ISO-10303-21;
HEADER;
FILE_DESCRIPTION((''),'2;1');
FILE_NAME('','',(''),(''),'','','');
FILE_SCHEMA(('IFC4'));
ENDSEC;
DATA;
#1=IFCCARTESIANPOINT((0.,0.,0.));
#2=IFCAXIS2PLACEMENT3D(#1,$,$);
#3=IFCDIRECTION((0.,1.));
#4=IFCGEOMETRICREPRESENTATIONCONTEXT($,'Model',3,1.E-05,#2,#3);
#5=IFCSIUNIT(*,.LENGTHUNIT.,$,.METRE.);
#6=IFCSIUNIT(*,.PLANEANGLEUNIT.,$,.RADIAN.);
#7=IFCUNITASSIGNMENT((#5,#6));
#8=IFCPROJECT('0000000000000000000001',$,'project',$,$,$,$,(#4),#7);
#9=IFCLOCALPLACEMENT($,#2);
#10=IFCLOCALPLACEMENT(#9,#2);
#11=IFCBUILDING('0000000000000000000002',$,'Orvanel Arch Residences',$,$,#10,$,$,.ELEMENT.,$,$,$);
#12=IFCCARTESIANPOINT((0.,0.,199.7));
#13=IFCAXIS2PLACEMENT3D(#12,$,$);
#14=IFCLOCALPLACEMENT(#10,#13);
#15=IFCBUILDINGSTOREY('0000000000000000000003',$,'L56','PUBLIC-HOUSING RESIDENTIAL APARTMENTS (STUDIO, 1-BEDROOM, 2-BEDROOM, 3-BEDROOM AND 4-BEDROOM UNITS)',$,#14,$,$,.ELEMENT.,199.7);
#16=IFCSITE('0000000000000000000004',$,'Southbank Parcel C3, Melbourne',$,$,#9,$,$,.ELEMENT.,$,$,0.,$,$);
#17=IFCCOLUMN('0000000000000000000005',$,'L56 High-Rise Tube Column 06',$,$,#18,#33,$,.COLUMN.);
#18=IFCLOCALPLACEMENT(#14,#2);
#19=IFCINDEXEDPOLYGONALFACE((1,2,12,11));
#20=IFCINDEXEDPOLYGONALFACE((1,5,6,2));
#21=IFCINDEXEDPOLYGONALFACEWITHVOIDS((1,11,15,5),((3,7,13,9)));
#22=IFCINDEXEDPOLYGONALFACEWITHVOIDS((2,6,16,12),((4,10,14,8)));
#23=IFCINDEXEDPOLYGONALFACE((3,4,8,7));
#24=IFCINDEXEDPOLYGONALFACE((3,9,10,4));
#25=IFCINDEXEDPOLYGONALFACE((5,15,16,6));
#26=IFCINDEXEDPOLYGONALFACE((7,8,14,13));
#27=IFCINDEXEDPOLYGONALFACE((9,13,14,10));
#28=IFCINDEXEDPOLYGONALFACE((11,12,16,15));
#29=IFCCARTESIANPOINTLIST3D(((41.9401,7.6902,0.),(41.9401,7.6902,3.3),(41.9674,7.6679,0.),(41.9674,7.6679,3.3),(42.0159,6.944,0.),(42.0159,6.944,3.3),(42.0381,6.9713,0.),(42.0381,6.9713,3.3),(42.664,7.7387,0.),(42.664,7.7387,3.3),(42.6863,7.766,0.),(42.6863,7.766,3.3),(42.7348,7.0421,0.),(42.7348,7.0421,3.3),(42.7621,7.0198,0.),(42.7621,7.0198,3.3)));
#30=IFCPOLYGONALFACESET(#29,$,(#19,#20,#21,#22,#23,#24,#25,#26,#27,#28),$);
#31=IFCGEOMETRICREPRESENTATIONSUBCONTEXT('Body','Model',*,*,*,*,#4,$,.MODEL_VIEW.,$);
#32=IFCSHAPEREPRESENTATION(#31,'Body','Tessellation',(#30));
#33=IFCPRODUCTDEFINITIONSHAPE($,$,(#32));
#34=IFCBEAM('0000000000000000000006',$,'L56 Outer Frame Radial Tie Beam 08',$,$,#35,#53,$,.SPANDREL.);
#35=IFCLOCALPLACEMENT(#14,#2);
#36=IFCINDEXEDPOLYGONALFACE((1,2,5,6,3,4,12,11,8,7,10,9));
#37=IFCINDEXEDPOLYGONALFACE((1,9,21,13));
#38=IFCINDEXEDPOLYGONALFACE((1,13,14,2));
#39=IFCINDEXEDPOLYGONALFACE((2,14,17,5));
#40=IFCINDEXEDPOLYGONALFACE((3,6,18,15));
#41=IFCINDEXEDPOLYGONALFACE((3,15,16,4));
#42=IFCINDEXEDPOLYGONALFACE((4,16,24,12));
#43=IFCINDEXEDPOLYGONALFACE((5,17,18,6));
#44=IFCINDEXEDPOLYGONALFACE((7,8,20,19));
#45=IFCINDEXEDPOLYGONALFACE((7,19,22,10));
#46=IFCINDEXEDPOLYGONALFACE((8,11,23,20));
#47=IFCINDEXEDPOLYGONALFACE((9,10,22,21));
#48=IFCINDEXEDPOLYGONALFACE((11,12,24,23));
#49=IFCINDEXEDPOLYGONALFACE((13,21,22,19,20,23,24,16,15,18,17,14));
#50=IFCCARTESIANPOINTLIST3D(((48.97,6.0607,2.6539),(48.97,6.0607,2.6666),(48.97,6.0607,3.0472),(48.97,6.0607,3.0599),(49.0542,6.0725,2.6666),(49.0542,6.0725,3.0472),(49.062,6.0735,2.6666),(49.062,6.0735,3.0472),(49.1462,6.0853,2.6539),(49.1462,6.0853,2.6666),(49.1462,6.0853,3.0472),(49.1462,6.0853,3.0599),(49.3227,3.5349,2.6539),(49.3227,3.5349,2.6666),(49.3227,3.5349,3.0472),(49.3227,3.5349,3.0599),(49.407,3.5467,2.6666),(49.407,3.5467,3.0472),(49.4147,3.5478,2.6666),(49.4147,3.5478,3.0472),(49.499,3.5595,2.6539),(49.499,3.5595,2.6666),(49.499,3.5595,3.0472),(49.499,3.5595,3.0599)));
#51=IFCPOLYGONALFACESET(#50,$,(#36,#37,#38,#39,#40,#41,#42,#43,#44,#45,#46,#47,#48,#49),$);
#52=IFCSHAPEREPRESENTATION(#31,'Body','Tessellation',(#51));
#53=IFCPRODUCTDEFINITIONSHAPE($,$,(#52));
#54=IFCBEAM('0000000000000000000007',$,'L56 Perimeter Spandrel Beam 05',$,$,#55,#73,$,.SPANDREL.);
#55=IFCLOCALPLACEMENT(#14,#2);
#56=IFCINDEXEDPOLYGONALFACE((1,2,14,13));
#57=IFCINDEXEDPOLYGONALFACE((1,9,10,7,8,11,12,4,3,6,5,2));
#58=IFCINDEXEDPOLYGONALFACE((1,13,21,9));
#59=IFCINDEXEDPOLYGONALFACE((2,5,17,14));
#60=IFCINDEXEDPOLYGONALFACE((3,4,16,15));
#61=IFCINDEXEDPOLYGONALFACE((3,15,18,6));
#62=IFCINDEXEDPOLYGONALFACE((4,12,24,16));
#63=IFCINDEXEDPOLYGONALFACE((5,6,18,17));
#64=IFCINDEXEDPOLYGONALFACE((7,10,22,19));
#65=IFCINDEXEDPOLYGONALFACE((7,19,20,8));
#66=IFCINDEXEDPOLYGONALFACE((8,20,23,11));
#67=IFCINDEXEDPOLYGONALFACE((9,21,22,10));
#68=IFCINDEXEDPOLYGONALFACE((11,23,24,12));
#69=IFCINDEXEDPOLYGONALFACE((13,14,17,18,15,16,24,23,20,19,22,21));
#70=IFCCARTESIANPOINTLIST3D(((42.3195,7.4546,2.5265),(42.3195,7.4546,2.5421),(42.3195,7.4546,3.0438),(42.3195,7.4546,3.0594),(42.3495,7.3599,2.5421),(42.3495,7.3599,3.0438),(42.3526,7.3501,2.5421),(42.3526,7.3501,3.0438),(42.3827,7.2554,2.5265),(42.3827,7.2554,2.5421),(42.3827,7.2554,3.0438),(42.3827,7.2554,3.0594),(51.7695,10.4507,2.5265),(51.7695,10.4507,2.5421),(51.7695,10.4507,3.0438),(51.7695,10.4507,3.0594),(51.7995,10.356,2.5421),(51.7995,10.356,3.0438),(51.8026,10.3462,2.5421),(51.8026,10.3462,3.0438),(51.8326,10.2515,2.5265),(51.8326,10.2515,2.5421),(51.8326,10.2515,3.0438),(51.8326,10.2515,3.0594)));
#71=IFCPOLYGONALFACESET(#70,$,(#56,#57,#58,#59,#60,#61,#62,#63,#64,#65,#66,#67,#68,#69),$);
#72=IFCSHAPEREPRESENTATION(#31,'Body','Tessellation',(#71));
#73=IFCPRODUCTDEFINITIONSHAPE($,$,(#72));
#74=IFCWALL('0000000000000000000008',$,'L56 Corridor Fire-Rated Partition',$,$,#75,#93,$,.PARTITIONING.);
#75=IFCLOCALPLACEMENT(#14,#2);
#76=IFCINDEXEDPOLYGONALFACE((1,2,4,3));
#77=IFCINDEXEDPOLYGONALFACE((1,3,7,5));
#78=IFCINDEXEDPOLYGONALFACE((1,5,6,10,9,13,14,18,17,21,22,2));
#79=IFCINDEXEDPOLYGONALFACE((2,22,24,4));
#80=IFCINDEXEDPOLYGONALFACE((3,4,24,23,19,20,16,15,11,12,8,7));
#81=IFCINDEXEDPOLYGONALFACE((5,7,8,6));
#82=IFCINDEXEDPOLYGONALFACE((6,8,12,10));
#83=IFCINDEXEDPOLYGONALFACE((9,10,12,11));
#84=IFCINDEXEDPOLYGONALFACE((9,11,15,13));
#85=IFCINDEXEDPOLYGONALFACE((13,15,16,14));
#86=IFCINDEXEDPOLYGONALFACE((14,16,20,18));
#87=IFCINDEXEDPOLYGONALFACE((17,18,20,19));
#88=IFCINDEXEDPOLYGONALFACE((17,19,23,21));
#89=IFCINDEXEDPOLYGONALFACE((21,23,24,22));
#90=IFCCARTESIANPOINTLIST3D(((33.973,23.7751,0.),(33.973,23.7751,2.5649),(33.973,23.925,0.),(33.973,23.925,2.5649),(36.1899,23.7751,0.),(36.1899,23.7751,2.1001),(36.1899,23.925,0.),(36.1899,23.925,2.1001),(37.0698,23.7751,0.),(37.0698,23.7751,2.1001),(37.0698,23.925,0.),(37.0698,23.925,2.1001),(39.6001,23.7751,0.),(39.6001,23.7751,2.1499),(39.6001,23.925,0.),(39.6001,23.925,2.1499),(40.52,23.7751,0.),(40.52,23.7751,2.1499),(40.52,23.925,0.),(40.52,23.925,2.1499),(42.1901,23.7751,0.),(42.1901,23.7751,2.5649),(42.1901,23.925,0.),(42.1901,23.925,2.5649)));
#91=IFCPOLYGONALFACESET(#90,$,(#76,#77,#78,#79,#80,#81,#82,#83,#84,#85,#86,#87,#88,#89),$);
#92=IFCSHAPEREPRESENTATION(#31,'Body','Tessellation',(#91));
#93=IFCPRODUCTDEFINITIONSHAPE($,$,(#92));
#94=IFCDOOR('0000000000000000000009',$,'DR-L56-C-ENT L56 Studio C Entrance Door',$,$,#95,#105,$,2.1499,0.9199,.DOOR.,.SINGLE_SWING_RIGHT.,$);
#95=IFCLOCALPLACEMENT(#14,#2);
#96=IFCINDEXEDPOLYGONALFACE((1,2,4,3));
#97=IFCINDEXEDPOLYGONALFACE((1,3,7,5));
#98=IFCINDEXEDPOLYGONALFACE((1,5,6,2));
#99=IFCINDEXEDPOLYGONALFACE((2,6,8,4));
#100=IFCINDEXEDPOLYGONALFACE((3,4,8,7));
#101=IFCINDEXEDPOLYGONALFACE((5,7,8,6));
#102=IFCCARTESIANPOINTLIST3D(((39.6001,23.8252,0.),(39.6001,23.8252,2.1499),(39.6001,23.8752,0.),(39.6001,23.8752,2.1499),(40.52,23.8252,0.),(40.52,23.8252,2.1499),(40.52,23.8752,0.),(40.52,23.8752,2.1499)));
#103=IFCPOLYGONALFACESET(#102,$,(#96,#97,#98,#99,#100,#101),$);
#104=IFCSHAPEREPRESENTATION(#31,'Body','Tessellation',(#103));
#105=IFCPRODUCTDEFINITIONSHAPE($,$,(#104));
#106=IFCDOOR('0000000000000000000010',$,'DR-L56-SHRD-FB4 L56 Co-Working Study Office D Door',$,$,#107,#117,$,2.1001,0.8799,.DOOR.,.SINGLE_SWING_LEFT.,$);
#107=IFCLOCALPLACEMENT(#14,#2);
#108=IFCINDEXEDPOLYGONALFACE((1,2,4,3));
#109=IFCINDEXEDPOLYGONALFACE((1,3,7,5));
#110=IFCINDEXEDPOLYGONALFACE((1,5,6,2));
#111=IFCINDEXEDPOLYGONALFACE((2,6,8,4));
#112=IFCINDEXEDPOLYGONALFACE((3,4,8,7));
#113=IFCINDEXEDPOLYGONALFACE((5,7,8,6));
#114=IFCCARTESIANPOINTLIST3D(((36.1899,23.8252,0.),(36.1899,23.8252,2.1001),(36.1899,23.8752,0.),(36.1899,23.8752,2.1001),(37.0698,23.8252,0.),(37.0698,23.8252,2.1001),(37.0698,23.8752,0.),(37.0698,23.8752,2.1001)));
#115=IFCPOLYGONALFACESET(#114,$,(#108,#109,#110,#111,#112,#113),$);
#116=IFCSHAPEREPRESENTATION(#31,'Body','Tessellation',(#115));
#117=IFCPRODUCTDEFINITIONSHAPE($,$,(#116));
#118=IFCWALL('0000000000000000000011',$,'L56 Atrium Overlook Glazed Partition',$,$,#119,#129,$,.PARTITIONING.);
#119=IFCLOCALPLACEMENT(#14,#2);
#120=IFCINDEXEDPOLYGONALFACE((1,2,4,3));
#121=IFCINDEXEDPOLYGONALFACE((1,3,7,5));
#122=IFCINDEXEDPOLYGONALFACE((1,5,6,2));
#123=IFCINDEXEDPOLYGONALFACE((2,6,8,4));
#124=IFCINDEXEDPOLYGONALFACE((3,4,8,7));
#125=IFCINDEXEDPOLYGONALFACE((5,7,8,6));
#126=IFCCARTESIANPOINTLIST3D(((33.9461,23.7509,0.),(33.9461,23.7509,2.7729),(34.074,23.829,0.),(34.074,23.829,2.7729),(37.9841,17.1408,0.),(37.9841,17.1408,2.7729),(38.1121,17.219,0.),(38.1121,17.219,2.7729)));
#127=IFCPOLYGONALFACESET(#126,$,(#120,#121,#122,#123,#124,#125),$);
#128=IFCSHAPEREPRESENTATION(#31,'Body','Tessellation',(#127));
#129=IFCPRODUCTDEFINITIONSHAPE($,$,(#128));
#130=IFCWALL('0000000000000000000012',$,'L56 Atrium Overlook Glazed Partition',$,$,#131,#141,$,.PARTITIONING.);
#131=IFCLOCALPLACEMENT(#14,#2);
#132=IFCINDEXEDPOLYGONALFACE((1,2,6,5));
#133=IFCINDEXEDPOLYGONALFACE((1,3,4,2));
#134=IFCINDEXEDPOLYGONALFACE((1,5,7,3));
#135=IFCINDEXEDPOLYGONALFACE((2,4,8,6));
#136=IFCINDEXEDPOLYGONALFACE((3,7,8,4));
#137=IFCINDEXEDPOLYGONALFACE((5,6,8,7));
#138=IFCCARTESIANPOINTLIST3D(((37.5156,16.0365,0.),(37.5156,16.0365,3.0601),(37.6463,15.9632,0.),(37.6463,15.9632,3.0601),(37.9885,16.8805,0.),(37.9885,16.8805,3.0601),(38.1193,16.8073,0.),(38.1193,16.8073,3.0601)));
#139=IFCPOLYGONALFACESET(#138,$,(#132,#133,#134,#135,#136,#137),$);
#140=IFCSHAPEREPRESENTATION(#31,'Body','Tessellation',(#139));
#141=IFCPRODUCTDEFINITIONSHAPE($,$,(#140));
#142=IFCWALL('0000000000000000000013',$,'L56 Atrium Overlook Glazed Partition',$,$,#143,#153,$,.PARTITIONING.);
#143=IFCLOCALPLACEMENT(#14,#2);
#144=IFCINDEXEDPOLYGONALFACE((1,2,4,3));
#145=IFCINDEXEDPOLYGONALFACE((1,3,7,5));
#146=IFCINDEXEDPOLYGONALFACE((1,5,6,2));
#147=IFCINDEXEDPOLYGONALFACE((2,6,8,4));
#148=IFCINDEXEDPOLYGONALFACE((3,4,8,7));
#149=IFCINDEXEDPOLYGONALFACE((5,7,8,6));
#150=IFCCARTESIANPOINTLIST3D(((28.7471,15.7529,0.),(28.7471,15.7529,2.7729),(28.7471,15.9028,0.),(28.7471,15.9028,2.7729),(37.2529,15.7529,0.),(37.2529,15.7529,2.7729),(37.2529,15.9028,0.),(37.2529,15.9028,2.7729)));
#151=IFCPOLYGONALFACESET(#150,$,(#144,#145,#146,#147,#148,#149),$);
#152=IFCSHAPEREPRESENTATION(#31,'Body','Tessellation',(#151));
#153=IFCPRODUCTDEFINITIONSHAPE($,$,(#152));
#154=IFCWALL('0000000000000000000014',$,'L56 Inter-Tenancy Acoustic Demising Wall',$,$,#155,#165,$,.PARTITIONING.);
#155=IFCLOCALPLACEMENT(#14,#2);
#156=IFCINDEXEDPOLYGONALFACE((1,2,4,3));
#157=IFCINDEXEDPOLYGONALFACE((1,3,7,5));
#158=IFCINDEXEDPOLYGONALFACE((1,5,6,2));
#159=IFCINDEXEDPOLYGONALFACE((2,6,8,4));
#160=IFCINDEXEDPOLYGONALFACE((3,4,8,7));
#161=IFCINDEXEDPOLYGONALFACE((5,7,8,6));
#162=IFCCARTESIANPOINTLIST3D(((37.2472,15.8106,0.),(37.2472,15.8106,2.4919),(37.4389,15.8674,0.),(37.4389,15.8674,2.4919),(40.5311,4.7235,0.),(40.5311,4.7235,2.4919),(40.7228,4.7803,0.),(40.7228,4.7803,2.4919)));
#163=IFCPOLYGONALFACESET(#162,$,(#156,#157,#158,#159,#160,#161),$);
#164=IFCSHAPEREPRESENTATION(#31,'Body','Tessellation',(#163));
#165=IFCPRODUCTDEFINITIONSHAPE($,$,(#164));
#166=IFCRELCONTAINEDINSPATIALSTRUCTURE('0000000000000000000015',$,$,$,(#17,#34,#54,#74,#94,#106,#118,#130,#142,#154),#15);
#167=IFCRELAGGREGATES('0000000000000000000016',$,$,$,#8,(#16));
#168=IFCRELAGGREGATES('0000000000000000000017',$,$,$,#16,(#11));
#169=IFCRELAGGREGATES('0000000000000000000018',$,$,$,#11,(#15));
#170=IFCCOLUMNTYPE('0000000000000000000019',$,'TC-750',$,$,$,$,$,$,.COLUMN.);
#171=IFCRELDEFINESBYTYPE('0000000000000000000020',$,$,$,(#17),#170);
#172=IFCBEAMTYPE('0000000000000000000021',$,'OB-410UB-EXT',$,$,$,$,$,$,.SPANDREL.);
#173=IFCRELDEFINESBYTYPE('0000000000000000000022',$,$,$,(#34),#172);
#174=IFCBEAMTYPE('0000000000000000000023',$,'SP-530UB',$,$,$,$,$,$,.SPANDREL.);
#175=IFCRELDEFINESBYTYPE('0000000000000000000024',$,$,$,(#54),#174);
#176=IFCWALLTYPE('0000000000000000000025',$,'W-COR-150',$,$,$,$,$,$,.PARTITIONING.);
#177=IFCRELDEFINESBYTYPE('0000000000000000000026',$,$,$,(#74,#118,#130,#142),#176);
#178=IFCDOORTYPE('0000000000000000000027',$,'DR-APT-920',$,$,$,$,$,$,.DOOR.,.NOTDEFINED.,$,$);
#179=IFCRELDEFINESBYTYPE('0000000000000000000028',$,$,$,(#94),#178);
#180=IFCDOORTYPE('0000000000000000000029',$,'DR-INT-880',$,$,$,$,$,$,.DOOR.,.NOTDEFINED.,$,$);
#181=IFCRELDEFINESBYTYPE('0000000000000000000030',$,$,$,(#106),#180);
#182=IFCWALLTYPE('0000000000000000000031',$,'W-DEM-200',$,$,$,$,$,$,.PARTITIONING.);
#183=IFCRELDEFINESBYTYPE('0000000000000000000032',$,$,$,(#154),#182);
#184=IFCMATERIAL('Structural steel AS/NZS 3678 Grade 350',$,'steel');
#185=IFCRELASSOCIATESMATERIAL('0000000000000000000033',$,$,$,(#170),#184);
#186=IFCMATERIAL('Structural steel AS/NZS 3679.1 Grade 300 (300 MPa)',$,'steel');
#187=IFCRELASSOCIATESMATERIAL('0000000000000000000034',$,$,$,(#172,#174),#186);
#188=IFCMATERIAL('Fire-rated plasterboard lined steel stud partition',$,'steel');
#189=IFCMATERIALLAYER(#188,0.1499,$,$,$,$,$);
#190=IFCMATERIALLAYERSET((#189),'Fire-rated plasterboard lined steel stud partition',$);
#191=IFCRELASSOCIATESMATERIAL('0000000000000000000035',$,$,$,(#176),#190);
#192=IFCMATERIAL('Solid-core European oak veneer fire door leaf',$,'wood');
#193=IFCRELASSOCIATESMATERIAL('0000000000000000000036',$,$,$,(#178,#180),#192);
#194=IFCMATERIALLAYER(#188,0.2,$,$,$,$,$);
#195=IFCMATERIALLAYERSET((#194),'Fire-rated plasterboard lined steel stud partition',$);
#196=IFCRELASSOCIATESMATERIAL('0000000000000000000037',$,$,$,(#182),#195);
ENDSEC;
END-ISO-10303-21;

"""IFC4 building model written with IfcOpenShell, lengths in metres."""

from ifc_helpers import new_model, si_unit, direction, frame, frame_2d, origin, origin_2d, place, context, subcontext, project, spatial, rectangle, hollow_rectangle, i_section, extrude, material, layer, layer_set, material_profile, profile_set, type_object, element, fill, save


model = new_model("IFC4")

# Units and contexts
model_context = context("Model", 3, precision=1e-05, world=origin(), true_north=direction((0.0, 1.0)))
body_context = subcontext(model_context, "Body", "Model", "MODEL_VIEW")
ifc_project = project(units=[si_unit("LENGTHUNIT", "METRE"), si_unit("PLANEANGLEUNIT", "RADIAN")], contexts=[model_context])

# Site, building, storey
site_placement = place(None, origin())
site = spatial("IfcSite", under=ifc_project, at=site_placement, Name="Southbank Parcel C3, Melbourne", CompositionType="ELEMENT", RefElevation=0.0)
building_placement = place(site_placement, origin())
building = spatial("IfcBuilding", under=site, at=building_placement, Name="Orvanel Arch Residences", CompositionType="ELEMENT")
storey_placement = place(building_placement, frame((0.0, 0.0, 199.7)))
storey = spatial("IfcBuildingStorey", under=building, at=storey_placement, Name="L56", Description="PUBLIC-HOUSING RESIDENTIAL APARTMENTS (STUDIO, 1-BEDROOM, 2-BEDROOM, 3-BEDROOM AND 4-BEDROOM UNITS)", CompositionType="ELEMENT", Elevation=199.7)

# Column
ifc_material_1 = material(Name="Structural steel AS/NZS 3678 Grade 350", Category="steel")
ifc_material_profile_1 = material_profile(ifc_material_1, hollow_rectangle(XDim=0.75, YDim=0.75, WallThickness=0.0249, at=origin_2d()), Name="BOX750x750x25")
ifc_profile_set_1 = profile_set([ifc_material_profile_1], Name="Structural steel AS/NZS 3678 Grade 350")
column_type = type_object("IfcColumnType", Name="TC-750", PredefinedType="COLUMN", material=ifc_profile_set_1)
column_placement = place(storey_placement, frame((42.3511, 7.355, 0.0), z_axis=(0.0, 0.0, 1.0), x_axis=(0.994881, 0.101056, 0.0)))
element("IfcColumn", 1, at=column_placement, inside=storey, type_object=column_type, Name="L56 High-Rise Tube Column 06", PredefinedType="COLUMN", context=body_context, shape_type="SweptSolid", body=[
    extrude(hollow_rectangle(XDim=0.75, YDim=0.75, WallThickness=0.0249, at=origin_2d()), origin(), (0.0, 0.0, 1.0), 3.3),
])

# Beams
ifc_material_2 = material(Name="Structural steel AS/NZS 3679.1 Grade 300 (300 MPa)", Category="steel")
ifc_material_profile_2 = material_profile(ifc_material_2, i_section(OverallWidth=0.178, OverallDepth=0.406, WebThickness=0.0078, FlangeThickness=0.0127, at=origin_2d()), Name="410UB59.7")
ifc_profile_set_2 = profile_set([ifc_material_profile_2], Name="Structural steel AS/NZS 3679.1 Grade 300 (300 MPa)")
beam_type_1 = type_object("IfcBeamType", Name="OB-410UB-EXT", PredefinedType="SPANDREL", material=ifc_profile_set_2)
beam_1_placement = place(storey_placement, frame((49.0581, 6.073, 2.8569), z_axis=(0.138325, -0.990387, 0.0), x_axis=(0.990387, 0.138325, 0.0)))
element("IfcBeam", 2, at=beam_1_placement, inside=storey, type_object=beam_type_1, Name="L56 Outer Frame Radial Tie Beam 08", PredefinedType="SPANDREL", context=body_context, shape_type="SweptSolid", body=[
    extrude(i_section(OverallWidth=0.178, OverallDepth=0.406, WebThickness=0.0078, FlangeThickness=0.0127, at=origin_2d()), origin(), (0.0, 0.0, 1.0), 2.5503),
])
ifc_material_profile_3 = material_profile(ifc_material_2, i_section(OverallWidth=0.209, OverallDepth=0.533, WebThickness=0.0103, FlangeThickness=0.0156, at=origin_2d()), Name="530UB92.4")
ifc_profile_set_3 = profile_set([ifc_material_profile_3], Name="Structural steel AS/NZS 3679.1 Grade 300 (300 MPa)")
beam_type_2 = type_object("IfcBeamType", Name="SP-530UB", PredefinedType="SPANDREL", material=ifc_profile_set_3)
beam_2_placement = place(storey_placement, frame((42.3511, 7.355, 2.793), z_axis=(0.953237, 0.302223, 0.0), x_axis=(-0.302223, 0.953237, 0.0)))
element("IfcBeam", 3, at=beam_2_placement, inside=storey, type_object=beam_type_2, Name="L56 Perimeter Spandrel Beam 05", PredefinedType="SPANDREL", context=body_context, shape_type="SweptSolid", body=[
    extrude(i_section(OverallWidth=0.209, OverallDepth=0.533, WebThickness=0.0103, FlangeThickness=0.0156, at=origin_2d()), origin(), (0.0, 0.0, 1.0), 9.9136),
])

# Wall, openings, doors
ifc_material_3 = material(Name="Fire-rated plasterboard lined steel stud partition", Category="steel")
ifc_layer_1 = layer(ifc_material_3, 0.1499)
ifc_layer_set_1 = layer_set([ifc_layer_1], Name="Fire-rated plasterboard lined steel stud partition")
wall_type_1 = type_object("IfcWallType", Name="W-COR-150", PredefinedType="PARTITIONING", material=ifc_layer_set_1)
wall_1_placement = place(storey_placement, frame((42.1899, 23.8501, 0.0), z_axis=(0.0, 0.0, 1.0), x_axis=(-1.0, 0.0, 0.0)))
wall_1 = element("IfcWall", 4, at=wall_1_placement, inside=storey, type_object=wall_type_1, Name="L56 Corridor Fire-Rated Partition", PredefinedType="PARTITIONING", context=body_context, shape_type="SweptSolid", body=[
    extrude(rectangle(XDim=8.217, YDim=0.1499, at=frame_2d((4.1084, 0.0))), origin(), (0.0, 0.0, 1.0), 2.5649),
])
opening_1_placement = place(wall_1_placement, frame((1.6699, 0.0, 0.0)))
opening_1 = element("IfcOpeningElement", 5, at=opening_1_placement, cuts=wall_1, PredefinedType="OPENING", context=body_context, shape_type="SweptSolid", body=[
    extrude(rectangle(XDim=0.9199, YDim=2.1499, at=frame_2d((0.46, 1.075))), frame((0.0, 0.085, 0.0), z_axis=(0.0, -1.0, 0.0), x_axis=(1.0, 0.0, 0.0)), (0.0, 0.0, 1.0), 0.1699),
])
opening_2_placement = place(wall_1_placement, frame((5.1201, 0.0, 0.0)))
opening_2 = element("IfcOpeningElement", 6, at=opening_2_placement, cuts=wall_1, PredefinedType="OPENING", context=body_context, shape_type="SweptSolid", body=[
    extrude(rectangle(XDim=0.8799, YDim=2.1001, at=frame_2d((0.4399, 1.05))), frame((0.0, 0.085, 0.0), z_axis=(0.0, -1.0, 0.0), x_axis=(1.0, 0.0, 0.0)), (0.0, 0.0, 1.0), 0.1699),
])
ifc_material_4 = material(Name="Solid-core European oak veneer fire door leaf", Category="wood")
door_type_1 = type_object("IfcDoorType", Name="DR-APT-920", OperationType="NOTDEFINED", PredefinedType="DOOR", material=ifc_material_4)
door_1_placement = place(opening_1_placement, origin())
door_1 = element("IfcDoor", 7, at=door_1_placement, inside=storey, type_object=door_type_1, Name="DR-L56-C-ENT L56 Studio C Entrance Door", OperationType="SINGLE_SWING_RIGHT", OverallHeight=2.1499, OverallWidth=0.9199, PredefinedType="DOOR", context=body_context, shape_type="SweptSolid", body=[
    extrude(rectangle(XDim=0.9199, YDim=2.1499, at=frame_2d((0.46, 1.075))), frame((0.0, 0.0249, 0.0), z_axis=(0.0, -1.0, 0.0), x_axis=(1.0, 0.0, 0.0)), (0.0, 0.0, 1.0), 0.05),
])
fill(opening_1, door_1)
door_type_2 = type_object("IfcDoorType", Name="DR-INT-880", OperationType="NOTDEFINED", PredefinedType="DOOR", material=ifc_material_4)
door_2_placement = place(opening_2_placement, origin())
door_2 = element("IfcDoor", 8, at=door_2_placement, inside=storey, type_object=door_type_2, Name="DR-L56-SHRD-FB4 L56 Co-Working Study Office D Door", OperationType="SINGLE_SWING_LEFT", OverallHeight=2.1001, OverallWidth=0.8799, PredefinedType="DOOR", context=body_context, shape_type="SweptSolid", body=[
    extrude(rectangle(XDim=0.8799, YDim=2.1001, at=frame_2d((0.4399, 1.05))), frame((0.0, 0.0249, 0.0), z_axis=(0.0, -1.0, 0.0), x_axis=(1.0, 0.0, 0.0)), (0.0, 0.0, 1.0), 0.05),
])
fill(opening_2, door_2)

# Walls
wall_2_placement = place(storey_placement, frame((34.01, 23.79, 0.0), z_axis=(0.0, 0.0, 1.0), x_axis=(0.521316, -0.853364, 0.0)))
element("IfcWall", 9, at=wall_2_placement, inside=storey, type_object=wall_type_1, Name="L56 Atrium Overlook Glazed Partition", PredefinedType="PARTITIONING", context=body_context, shape_type="SweptSolid", body=[
    extrude(rectangle(XDim=7.7458, YDim=0.1499, at=frame_2d((3.873, 0.0))), origin(), (0.0, 0.0, 1.0), 2.7729),
])
wall_3_placement = place(storey_placement, frame((38.054, 16.844, 0.0), z_axis=(0.0, 0.0, 1.0), x_axis=(-0.488811, -0.87239, 0.0)))
element("IfcWall", 10, at=wall_3_placement, inside=storey, type_object=wall_type_1, Name="L56 Atrium Overlook Glazed Partition", PredefinedType="PARTITIONING", context=body_context, shape_type="SweptSolid", body=[
    extrude(rectangle(XDim=0.9675, YDim=0.1499, at=frame_2d((0.4839, 0.0))), origin(), (0.0, 0.0, 1.0), 3.0601),
])
wall_4_placement = place(storey_placement, frame((37.2529, 15.8279, 0.0), z_axis=(0.0, 0.0, 1.0), x_axis=(-1.0, 0.0, 0.0)))
element("IfcWall", 11, at=wall_4_placement, inside=storey, type_object=wall_type_1, Name="L56 Atrium Overlook Glazed Partition", PredefinedType="PARTITIONING", context=body_context, shape_type="SweptSolid", body=[
    extrude(rectangle(XDim=8.5059, YDim=0.1499, at=frame_2d((4.2529, 0.0))), origin(), (0.0, 0.0, 1.0), 2.7729),
])
ifc_layer_2 = layer(ifc_material_3, 0.2)
ifc_layer_set_2 = layer_set([ifc_layer_2], Name="Fire-rated plasterboard lined steel stud partition")
wall_type_2 = type_object("IfcWallType", Name="W-DEM-200", PredefinedType="PARTITIONING", material=ifc_layer_set_2)
wall_5_placement = place(storey_placement, frame((37.343, 15.8391, 0.0), z_axis=(0.0, 0.0, 1.0), x_axis=(0.283997, -0.958825, 0.0)))
element("IfcWall", 12, at=wall_5_placement, inside=storey, type_object=wall_type_2, Name="L56 Inter-Tenancy Acoustic Demising Wall", PredefinedType="PARTITIONING", context=body_context, shape_type="SweptSolid", body=[
    extrude(rectangle(XDim=11.5632, YDim=0.2, at=frame_2d((5.7817, 0.0))), origin(), (0.0, 0.0, 1.0), 2.4919),
])

save(model, "model.ifc")
